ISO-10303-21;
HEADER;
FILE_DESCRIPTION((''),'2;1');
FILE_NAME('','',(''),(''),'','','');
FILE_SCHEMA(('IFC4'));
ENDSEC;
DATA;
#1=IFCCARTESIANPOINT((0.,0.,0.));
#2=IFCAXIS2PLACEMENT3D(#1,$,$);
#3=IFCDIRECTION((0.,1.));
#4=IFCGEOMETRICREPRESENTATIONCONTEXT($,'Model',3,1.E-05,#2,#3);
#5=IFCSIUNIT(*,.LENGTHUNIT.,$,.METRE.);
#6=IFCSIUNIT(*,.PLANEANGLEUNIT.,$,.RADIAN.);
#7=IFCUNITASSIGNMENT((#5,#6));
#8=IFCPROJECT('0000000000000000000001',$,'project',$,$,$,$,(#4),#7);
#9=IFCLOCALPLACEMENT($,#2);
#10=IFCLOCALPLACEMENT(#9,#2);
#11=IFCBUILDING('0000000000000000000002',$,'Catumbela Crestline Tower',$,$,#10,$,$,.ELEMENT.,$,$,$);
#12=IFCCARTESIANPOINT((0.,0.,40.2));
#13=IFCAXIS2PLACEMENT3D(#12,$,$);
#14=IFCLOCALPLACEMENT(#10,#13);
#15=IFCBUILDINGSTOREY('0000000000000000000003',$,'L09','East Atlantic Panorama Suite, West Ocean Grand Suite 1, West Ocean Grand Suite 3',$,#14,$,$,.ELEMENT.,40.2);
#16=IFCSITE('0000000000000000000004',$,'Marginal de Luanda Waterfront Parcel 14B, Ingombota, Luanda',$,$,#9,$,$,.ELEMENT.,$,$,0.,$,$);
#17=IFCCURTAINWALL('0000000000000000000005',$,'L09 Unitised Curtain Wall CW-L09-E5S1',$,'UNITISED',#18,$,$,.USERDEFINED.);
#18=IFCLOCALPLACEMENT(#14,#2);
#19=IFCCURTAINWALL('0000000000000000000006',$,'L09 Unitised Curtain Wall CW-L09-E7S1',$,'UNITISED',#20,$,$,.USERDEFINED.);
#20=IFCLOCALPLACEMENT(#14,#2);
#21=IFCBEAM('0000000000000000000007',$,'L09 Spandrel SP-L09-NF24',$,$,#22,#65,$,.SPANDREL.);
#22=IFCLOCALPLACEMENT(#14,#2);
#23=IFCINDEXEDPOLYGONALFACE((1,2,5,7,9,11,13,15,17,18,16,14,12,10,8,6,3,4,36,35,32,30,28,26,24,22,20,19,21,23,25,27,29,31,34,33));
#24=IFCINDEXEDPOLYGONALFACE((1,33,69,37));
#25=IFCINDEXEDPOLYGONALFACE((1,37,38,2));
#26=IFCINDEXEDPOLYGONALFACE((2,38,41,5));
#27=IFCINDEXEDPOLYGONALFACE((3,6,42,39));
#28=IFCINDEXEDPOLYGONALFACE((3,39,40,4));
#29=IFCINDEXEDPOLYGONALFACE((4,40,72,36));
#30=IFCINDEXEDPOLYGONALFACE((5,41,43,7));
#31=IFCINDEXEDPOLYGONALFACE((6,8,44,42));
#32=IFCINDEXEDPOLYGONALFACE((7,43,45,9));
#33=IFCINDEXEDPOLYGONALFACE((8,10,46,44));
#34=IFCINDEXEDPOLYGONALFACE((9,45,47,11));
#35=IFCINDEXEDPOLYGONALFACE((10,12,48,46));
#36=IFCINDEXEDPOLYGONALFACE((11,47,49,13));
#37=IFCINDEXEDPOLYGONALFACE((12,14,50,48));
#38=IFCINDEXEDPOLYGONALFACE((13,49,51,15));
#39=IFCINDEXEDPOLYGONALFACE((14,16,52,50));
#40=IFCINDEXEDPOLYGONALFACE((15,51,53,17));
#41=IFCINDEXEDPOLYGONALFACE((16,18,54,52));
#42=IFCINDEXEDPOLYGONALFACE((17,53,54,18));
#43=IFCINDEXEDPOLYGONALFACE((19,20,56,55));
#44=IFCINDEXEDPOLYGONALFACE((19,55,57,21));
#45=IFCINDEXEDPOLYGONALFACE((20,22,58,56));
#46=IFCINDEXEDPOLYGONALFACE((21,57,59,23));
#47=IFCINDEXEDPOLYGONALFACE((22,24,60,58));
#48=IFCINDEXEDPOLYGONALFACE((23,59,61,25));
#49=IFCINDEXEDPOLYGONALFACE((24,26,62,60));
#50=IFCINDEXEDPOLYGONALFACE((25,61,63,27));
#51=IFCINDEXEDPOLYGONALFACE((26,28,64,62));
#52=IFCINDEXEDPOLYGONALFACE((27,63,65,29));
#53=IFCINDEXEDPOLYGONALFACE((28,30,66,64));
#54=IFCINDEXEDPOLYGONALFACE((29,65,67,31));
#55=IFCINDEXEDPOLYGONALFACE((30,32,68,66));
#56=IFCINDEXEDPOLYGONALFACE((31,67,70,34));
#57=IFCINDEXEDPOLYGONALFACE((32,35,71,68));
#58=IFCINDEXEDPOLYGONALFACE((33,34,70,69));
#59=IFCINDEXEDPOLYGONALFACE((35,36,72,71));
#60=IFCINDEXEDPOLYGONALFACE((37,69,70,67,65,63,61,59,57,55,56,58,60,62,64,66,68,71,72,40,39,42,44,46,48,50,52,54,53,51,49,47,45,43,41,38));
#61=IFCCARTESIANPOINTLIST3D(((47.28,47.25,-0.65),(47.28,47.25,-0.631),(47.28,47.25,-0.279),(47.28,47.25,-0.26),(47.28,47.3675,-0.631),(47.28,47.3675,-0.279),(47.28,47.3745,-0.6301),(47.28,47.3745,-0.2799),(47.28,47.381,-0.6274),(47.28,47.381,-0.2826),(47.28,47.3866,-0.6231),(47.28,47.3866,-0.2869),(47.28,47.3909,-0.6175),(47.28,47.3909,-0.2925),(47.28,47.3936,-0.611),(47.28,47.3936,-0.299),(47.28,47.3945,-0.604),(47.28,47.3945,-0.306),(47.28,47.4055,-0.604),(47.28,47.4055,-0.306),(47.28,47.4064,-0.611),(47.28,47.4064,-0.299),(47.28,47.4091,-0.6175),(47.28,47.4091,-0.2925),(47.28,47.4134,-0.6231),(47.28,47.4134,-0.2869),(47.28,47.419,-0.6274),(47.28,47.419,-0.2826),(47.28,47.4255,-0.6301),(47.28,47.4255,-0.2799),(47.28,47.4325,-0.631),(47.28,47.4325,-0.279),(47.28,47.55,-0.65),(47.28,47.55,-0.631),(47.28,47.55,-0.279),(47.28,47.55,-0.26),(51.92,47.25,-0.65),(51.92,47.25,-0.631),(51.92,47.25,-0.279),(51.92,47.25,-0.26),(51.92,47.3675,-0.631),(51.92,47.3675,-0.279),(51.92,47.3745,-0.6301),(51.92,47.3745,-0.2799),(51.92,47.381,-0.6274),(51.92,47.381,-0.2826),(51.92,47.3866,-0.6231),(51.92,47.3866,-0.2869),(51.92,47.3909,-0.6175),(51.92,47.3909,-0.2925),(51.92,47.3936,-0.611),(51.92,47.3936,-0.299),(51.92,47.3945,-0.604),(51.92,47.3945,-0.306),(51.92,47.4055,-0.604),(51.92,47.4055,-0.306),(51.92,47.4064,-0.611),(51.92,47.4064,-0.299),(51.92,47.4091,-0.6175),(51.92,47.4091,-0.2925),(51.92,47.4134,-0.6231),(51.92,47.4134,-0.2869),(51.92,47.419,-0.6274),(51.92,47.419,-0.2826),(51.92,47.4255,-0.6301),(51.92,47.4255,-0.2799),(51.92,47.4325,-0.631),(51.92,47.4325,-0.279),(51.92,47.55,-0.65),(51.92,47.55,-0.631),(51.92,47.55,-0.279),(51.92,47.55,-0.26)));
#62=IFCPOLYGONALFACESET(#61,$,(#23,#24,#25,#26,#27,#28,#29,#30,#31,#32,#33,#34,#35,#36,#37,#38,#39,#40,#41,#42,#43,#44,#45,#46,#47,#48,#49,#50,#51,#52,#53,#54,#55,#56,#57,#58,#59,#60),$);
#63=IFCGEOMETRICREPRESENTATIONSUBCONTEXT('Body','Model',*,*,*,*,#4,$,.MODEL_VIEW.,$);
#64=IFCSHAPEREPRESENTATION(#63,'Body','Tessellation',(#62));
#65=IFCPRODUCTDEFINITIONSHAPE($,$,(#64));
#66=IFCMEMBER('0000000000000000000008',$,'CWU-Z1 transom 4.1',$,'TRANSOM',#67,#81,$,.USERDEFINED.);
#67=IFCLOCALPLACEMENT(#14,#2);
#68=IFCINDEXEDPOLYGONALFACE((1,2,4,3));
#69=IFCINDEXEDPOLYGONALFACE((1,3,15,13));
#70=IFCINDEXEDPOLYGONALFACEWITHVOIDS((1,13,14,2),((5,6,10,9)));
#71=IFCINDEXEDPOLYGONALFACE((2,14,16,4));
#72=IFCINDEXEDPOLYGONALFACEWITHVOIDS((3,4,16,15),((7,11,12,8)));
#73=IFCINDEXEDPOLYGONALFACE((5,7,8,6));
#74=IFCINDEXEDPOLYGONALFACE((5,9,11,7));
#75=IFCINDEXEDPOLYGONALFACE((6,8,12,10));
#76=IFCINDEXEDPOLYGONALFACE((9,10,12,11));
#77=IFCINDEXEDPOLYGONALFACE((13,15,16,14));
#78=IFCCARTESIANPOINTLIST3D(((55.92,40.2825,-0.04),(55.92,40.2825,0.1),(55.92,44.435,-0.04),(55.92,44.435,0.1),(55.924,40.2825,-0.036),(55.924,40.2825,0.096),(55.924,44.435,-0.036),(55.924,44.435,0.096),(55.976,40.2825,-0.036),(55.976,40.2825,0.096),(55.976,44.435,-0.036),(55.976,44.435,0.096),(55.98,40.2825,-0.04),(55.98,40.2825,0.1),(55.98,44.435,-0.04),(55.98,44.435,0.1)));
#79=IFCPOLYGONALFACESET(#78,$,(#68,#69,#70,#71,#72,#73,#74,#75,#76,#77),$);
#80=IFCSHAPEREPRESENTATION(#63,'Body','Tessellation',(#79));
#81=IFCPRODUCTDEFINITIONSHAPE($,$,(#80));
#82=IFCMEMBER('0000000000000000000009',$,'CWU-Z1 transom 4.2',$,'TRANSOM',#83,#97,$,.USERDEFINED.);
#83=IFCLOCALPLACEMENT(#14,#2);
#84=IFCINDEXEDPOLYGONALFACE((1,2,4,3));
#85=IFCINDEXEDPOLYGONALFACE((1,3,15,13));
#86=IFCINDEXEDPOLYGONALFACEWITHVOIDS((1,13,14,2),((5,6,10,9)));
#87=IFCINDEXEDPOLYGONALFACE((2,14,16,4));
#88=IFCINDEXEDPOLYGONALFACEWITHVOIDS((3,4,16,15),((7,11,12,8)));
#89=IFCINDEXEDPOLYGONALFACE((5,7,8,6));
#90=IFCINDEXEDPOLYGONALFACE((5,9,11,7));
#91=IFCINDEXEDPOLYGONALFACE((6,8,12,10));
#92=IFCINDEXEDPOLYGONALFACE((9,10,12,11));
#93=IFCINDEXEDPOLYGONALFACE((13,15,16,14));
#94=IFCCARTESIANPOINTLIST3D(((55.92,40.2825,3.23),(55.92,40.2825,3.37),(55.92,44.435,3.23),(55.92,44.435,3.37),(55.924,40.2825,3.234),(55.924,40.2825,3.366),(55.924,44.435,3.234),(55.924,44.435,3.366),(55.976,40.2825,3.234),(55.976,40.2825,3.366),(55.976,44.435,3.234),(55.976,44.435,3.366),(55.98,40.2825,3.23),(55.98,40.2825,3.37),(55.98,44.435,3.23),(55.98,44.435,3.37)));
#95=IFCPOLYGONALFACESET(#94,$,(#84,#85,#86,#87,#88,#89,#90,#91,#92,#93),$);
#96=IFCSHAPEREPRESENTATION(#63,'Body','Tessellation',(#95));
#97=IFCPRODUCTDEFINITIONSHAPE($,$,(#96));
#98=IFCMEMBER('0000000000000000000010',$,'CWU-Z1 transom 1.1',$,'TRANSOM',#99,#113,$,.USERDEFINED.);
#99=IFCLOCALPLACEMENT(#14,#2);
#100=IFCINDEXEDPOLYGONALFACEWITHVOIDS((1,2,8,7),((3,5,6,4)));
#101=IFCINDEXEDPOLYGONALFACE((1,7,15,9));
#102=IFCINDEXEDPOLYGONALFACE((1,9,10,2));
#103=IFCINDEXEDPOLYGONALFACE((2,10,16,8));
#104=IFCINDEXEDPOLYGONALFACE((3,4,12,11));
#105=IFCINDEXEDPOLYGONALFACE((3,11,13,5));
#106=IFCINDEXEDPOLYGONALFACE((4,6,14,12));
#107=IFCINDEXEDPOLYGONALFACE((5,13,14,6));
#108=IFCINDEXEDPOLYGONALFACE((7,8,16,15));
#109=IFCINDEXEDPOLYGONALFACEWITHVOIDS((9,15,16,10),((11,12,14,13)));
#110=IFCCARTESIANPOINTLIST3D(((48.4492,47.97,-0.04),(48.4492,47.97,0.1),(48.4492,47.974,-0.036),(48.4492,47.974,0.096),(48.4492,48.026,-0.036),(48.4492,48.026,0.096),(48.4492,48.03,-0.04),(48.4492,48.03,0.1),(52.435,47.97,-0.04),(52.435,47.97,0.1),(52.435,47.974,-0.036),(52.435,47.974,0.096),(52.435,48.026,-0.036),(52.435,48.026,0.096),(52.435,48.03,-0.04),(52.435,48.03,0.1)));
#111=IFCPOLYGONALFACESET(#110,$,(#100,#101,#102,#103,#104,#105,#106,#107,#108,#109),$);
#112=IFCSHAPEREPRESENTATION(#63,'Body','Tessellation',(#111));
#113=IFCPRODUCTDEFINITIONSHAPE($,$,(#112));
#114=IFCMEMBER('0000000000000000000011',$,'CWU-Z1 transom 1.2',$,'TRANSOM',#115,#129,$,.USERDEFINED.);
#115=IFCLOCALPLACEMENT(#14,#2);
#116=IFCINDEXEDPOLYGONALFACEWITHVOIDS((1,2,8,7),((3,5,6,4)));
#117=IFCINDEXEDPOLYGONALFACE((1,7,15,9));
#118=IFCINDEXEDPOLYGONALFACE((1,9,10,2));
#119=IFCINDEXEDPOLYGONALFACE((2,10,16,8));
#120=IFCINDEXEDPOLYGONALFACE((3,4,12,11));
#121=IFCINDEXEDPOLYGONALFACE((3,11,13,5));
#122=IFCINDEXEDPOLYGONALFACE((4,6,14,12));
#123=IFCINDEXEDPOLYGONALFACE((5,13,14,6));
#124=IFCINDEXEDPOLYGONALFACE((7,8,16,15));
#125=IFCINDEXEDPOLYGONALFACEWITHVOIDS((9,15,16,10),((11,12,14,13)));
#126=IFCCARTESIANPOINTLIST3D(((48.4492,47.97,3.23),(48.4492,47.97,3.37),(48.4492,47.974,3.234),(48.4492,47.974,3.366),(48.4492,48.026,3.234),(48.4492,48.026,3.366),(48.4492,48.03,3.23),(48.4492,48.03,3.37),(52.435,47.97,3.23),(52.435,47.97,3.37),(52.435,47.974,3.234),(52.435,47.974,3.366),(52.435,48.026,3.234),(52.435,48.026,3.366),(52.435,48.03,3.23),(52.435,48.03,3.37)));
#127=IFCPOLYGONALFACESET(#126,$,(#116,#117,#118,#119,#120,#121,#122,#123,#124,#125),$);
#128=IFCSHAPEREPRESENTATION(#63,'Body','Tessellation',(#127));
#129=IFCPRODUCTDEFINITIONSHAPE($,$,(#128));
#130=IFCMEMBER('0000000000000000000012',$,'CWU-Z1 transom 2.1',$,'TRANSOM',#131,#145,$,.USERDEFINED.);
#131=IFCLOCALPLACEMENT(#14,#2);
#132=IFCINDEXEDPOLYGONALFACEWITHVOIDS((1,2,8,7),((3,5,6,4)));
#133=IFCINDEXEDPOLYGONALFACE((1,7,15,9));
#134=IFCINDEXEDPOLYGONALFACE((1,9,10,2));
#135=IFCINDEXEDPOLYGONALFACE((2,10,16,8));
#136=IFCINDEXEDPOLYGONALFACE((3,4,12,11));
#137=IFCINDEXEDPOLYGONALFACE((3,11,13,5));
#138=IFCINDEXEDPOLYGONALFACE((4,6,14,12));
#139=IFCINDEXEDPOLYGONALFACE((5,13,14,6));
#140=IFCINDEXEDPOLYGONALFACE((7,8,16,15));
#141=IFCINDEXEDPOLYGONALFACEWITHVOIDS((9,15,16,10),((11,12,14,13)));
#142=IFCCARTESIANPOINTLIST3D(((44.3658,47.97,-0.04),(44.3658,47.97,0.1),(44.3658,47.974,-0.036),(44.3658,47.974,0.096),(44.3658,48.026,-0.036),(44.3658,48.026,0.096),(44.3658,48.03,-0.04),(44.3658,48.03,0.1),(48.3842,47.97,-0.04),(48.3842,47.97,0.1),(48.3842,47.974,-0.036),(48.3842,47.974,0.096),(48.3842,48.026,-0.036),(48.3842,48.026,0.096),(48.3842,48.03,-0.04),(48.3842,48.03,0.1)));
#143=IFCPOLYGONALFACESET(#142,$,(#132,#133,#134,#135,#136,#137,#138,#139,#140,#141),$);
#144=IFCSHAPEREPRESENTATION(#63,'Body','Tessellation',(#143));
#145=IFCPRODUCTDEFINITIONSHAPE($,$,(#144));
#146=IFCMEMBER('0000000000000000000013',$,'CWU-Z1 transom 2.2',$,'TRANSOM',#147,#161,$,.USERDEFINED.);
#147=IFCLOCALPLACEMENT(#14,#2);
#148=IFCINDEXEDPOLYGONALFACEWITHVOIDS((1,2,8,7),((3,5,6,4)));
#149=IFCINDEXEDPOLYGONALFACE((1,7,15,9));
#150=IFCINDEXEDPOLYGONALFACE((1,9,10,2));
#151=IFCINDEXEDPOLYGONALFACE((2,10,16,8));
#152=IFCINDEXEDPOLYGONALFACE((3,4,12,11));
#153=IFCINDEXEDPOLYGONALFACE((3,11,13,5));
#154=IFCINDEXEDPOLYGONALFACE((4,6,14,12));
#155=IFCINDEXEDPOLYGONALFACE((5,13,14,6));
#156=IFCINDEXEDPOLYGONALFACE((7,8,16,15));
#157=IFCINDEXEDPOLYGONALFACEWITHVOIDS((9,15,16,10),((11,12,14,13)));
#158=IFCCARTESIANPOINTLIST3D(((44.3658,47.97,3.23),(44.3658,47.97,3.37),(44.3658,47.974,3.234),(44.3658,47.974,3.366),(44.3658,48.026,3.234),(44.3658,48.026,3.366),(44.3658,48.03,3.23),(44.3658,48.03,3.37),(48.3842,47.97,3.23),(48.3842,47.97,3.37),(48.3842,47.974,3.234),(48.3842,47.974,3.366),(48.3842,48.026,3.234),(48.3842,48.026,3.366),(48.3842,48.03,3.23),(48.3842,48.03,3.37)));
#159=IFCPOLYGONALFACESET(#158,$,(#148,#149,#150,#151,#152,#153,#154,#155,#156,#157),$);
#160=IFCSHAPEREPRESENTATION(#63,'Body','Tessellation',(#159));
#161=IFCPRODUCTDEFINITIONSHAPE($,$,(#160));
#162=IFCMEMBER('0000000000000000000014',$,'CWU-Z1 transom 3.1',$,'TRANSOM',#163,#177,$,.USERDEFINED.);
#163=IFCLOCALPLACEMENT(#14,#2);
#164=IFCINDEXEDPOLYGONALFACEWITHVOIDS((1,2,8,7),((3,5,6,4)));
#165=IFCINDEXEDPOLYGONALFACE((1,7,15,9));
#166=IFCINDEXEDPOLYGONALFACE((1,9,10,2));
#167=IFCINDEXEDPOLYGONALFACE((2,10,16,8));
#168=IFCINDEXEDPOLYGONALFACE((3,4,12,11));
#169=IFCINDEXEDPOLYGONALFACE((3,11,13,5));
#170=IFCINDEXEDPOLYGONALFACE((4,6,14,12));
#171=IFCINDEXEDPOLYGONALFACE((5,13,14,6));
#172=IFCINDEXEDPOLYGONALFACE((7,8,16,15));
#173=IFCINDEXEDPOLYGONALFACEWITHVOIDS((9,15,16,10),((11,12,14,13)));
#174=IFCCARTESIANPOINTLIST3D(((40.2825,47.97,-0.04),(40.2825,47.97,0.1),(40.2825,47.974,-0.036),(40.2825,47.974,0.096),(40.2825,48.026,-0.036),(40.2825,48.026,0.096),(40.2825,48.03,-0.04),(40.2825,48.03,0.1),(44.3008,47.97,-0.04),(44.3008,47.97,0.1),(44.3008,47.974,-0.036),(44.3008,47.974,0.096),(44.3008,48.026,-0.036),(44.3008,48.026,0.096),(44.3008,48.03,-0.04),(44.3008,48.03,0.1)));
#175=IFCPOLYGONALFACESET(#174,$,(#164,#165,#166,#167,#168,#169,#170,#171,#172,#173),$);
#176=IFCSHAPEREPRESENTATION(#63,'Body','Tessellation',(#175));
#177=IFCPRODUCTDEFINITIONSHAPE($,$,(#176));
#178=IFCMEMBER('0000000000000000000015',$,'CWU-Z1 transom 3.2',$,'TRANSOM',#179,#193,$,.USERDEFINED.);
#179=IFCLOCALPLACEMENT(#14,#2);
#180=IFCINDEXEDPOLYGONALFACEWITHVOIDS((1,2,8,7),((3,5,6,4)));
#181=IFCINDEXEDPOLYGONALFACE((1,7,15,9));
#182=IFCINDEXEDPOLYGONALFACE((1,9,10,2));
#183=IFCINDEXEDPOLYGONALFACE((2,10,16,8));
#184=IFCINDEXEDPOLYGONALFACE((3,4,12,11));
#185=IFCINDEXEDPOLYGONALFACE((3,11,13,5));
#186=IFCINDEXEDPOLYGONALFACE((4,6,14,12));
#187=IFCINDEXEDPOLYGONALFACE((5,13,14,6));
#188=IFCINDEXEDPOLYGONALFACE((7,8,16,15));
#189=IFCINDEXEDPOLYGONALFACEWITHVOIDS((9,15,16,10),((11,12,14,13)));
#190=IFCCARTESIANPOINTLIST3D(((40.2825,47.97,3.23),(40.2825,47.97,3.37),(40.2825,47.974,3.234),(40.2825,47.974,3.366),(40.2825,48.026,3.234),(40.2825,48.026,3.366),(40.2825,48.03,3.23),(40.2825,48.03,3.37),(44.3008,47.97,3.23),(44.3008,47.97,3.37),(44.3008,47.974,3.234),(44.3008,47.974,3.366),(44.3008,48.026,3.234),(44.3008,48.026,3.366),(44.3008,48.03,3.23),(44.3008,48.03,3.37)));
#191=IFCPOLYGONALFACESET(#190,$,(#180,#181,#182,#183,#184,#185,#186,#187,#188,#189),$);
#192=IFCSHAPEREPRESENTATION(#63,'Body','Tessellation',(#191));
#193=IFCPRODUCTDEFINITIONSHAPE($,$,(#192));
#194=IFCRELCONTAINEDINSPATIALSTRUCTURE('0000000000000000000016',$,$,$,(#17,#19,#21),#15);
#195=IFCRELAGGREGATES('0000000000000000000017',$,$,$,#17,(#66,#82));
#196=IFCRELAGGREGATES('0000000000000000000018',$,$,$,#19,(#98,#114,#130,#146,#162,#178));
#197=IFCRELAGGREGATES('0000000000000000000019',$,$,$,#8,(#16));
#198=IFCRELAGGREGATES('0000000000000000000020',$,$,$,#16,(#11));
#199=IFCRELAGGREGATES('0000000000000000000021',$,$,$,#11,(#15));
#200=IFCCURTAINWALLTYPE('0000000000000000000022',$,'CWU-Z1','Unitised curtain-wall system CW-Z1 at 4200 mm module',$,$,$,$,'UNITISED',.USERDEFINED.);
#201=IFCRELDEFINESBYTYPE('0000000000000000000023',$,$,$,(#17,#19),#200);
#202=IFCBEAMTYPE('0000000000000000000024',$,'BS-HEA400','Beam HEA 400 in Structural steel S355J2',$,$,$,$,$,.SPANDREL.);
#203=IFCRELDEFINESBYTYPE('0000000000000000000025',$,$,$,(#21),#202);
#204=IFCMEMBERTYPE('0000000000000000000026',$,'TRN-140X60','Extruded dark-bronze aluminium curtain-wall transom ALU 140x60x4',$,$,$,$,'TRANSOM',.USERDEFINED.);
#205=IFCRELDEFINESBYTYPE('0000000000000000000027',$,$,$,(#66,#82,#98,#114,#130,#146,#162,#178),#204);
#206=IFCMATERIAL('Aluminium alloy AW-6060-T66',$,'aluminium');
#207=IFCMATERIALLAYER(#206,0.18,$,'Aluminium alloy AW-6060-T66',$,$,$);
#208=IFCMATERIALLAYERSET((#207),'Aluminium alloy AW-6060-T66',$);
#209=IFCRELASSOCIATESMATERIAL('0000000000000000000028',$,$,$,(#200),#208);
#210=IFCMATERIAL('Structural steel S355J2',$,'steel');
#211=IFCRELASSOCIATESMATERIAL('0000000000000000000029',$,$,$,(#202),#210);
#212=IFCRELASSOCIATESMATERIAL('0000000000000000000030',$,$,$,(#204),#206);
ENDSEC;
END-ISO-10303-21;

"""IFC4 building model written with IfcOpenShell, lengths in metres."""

from ifc_helpers import new_model, si_unit, direction, frame, origin, origin_2d, place, context, subcontext, project, spatial, hollow_rectangle, i_section, extrude, material, layer, layer_set, material_profile, profile_set, type_object, element, aggregate, save


model = new_model("IFC4")

# Units and contexts
model_context = context("Model", 3, precision=1e-05, world=origin(), true_north=direction((0.0, 1.0)))
body_context = subcontext(model_context, "Body", "Model", "MODEL_VIEW")
ifc_project = project(units=[si_unit("LENGTHUNIT", "METRE"), si_unit("PLANEANGLEUNIT", "RADIAN")], contexts=[model_context])

# Site, building, storey
site_placement = place(None, origin())
site = spatial("IfcSite", under=ifc_project, at=site_placement, Name="Marginal de Luanda Waterfront Parcel 14B, Ingombota, Luanda", CompositionType="ELEMENT", RefElevation=0.0)
building_placement = place(site_placement, origin())
building = spatial("IfcBuilding", under=site, at=building_placement, Name="Catumbela Crestline Tower", CompositionType="ELEMENT")
storey_placement = place(building_placement, frame((0.0, 0.0, 40.2)))
storey = spatial("IfcBuildingStorey", under=building, at=storey_placement, Name="L09", Description="East Atlantic Panorama Suite, West Ocean Grand Suite 1, West Ocean Grand Suite 3", CompositionType="ELEMENT", Elevation=40.2)

# Curtain walls
ifc_material_1 = material(Name="Aluminium alloy AW-6060-T66", Category="aluminium")
ifc_layer_1 = layer(ifc_material_1, 0.18, Name="Aluminium alloy AW-6060-T66")
ifc_layer_set_1 = layer_set([ifc_layer_1], Name="Aluminium alloy AW-6060-T66")
curtain_wall_type = type_object("IfcCurtainWallType", Name="CWU-Z1", Description="Unitised curtain-wall system CW-Z1 at 4200 mm module", ElementType="UNITISED", PredefinedType="USERDEFINED", material=ifc_layer_set_1)
curtain_wall_1_placement = place(storey_placement, origin())
curtain_wall_1 = element("IfcCurtainWall", 1, at=curtain_wall_1_placement, inside=storey, type_object=curtain_wall_type, Name="L09 Unitised Curtain Wall CW-L09-E5S1", ObjectType="UNITISED", PredefinedType="USERDEFINED")
curtain_wall_2_placement = place(storey_placement, origin())
curtain_wall_2 = element("IfcCurtainWall", 2, at=curtain_wall_2_placement, inside=storey, type_object=curtain_wall_type, Name="L09 Unitised Curtain Wall CW-L09-E7S1", ObjectType="UNITISED", PredefinedType="USERDEFINED")

# Beam
ifc_material_2 = material(Name="Structural steel S355J2", Category="steel")
ifc_material_profile_1 = material_profile(ifc_material_2, i_section(OverallWidth=0.3, OverallDepth=0.39, WebThickness=0.011, FlangeThickness=0.019, FilletRadius=0.027, at=origin_2d()), Name="HEA 400")
ifc_profile_set_1 = profile_set([ifc_material_profile_1], Name="Structural steel S355J2")
beam_type = type_object("IfcBeamType", Name="BS-HEA400", Description="Beam HEA 400 in Structural steel S355J2", PredefinedType="SPANDREL", material=ifc_profile_set_1)
beam_placement = place(storey_placement, frame((47.28, 47.4, -0.455), z_axis=(1.0, 0.0, 0.0), x_axis=(0.0, 1.0, 0.0)))
element("IfcBeam", 3, at=beam_placement, inside=storey, type_object=beam_type, Name="L09 Spandrel SP-L09-NF24", PredefinedType="SPANDREL", context=body_context, shape_type="SweptSolid", body=[
    extrude(i_section(OverallWidth=0.3, OverallDepth=0.39, WebThickness=0.011, FlangeThickness=0.019, FilletRadius=0.027, at=origin_2d()), origin(), (0.0, 0.0, 1.0), 4.64),
])

# Members
ifc_material_profile_2 = material_profile(ifc_material_1, hollow_rectangle(XDim=0.06, YDim=0.14, WallThickness=0.004, at=origin_2d()), Name="ALU 140x60x4")
ifc_profile_set_2 = profile_set([ifc_material_profile_2], Name="Aluminium alloy AW-6060-T66")
member_type_1 = type_object("IfcMemberType", Name="TRN-140X60", Description="Extruded dark-bronze aluminium curtain-wall transom ALU 140x60x4", ElementType="TRANSOM", PredefinedType="USERDEFINED", material=ifc_profile_set_2)
member_1_placement = place(storey_placement, frame((55.95, 40.2825, 0.03), z_axis=(0.0, 1.0, 0.0), x_axis=(-1.0, 0.0, 0.0)))
member_1 = element("IfcMember", 4, at=member_1_placement, type_object=member_type_1, Name="CWU-Z1 transom 4.1", ObjectType="TRANSOM", PredefinedType="USERDEFINED", context=body_context, shape_type="SweptSolid", body=[
    extrude(hollow_rectangle(XDim=0.06, YDim=0.14, WallThickness=0.004, at=origin_2d()), origin(), (0.0, 0.0, 1.0), 4.1525),
])
member_2_placement = place(storey_placement, frame((55.95, 40.2825, 3.3), z_axis=(0.0, 1.0, 0.0), x_axis=(-1.0, 0.0, 0.0)))
member_2 = element("IfcMember", 5, at=member_2_placement, type_object=member_type_1, Name="CWU-Z1 transom 4.2", ObjectType="TRANSOM", PredefinedType="USERDEFINED", context=body_context, shape_type="SweptSolid", body=[
    extrude(hollow_rectangle(XDim=0.06, YDim=0.14, WallThickness=0.004, at=origin_2d()), origin(), (0.0, 0.0, 1.0), 4.1525),
])
member_3_placement = place(storey_placement, frame((52.435, 48.0, 0.03), z_axis=(-1.0, 0.0, 0.0), x_axis=(0.0, -1.0, 0.0)))
member_3 = element("IfcMember", 6, at=member_3_placement, type_object=member_type_1, Name="CWU-Z1 transom 1.1", ObjectType="TRANSOM", PredefinedType="USERDEFINED", context=body_context, shape_type="SweptSolid", body=[
    extrude(hollow_rectangle(XDim=0.06, YDim=0.14, WallThickness=0.004, at=origin_2d()), origin(), (0.0, 0.0, 1.0), 3.9858),
])
member_4_placement = place(storey_placement, frame((52.435, 48.0, 3.3), z_axis=(-1.0, 0.0, 0.0), x_axis=(0.0, -1.0, 0.0)))
member_4 = element("IfcMember", 7, at=member_4_placement, type_object=member_type_1, Name="CWU-Z1 transom 1.2", ObjectType="TRANSOM", PredefinedType="USERDEFINED", context=body_context, shape_type="SweptSolid", body=[
    extrude(hollow_rectangle(XDim=0.06, YDim=0.14, WallThickness=0.004, at=origin_2d()), origin(), (0.0, 0.0, 1.0), 3.9858),
])
member_5_placement = place(storey_placement, frame((48.3842, 48.0, 0.03), z_axis=(-1.0, 0.0, 0.0), x_axis=(0.0, -1.0, 0.0)))
member_5 = element("IfcMember", 8, at=member_5_placement, type_object=member_type_1, Name="CWU-Z1 transom 2.1", ObjectType="TRANSOM", PredefinedType="USERDEFINED", context=body_context, shape_type="SweptSolid", body=[
    extrude(hollow_rectangle(XDim=0.06, YDim=0.14, WallThickness=0.004, at=origin_2d()), origin(), (0.0, 0.0, 1.0), 4.0184),
])
member_6_placement = place(storey_placement, frame((48.3842, 48.0, 3.3), z_axis=(-1.0, 0.0, 0.0), x_axis=(0.0, -1.0, 0.0)))
member_6 = element("IfcMember", 9, at=member_6_placement, type_object=member_type_1, Name="CWU-Z1 transom 2.2", ObjectType="TRANSOM", PredefinedType="USERDEFINED", context=body_context, shape_type="SweptSolid", body=[
    extrude(hollow_rectangle(XDim=0.06, YDim=0.14, WallThickness=0.004, at=origin_2d()), origin(), (0.0, 0.0, 1.0), 4.0184),
])
member_7_placement = place(storey_placement, frame((44.3008, 48.0, 0.03), z_axis=(-1.0, 0.0, 0.0), x_axis=(0.0, -1.0, 0.0)))
member_7 = element("IfcMember", 10, at=member_7_placement, type_object=member_type_1, Name="CWU-Z1 transom 3.1", ObjectType="TRANSOM", PredefinedType="USERDEFINED", context=body_context, shape_type="SweptSolid", body=[
    extrude(hollow_rectangle(XDim=0.06, YDim=0.14, WallThickness=0.004, at=origin_2d()), origin(), (0.0, 0.0, 1.0), 4.0183),
])
member_8_placement = place(storey_placement, frame((44.3008, 48.0, 3.3), z_axis=(-1.0, 0.0, 0.0), x_axis=(0.0, -1.0, 0.0)))
member_8 = element("IfcMember", 11, at=member_8_placement, type_object=member_type_1, Name="CWU-Z1 transom 3.2", ObjectType="TRANSOM", PredefinedType="USERDEFINED", context=body_context, shape_type="SweptSolid", body=[
    extrude(hollow_rectangle(XDim=0.06, YDim=0.14, WallThickness=0.004, at=origin_2d()), origin(), (0.0, 0.0, 1.0), 4.0183),
])

aggregate(curtain_wall_1, [member_1, member_2])
aggregate(curtain_wall_2, [member_3, member_4, member_5, member_6, member_7, member_8])

save(model, "model.ifc")
